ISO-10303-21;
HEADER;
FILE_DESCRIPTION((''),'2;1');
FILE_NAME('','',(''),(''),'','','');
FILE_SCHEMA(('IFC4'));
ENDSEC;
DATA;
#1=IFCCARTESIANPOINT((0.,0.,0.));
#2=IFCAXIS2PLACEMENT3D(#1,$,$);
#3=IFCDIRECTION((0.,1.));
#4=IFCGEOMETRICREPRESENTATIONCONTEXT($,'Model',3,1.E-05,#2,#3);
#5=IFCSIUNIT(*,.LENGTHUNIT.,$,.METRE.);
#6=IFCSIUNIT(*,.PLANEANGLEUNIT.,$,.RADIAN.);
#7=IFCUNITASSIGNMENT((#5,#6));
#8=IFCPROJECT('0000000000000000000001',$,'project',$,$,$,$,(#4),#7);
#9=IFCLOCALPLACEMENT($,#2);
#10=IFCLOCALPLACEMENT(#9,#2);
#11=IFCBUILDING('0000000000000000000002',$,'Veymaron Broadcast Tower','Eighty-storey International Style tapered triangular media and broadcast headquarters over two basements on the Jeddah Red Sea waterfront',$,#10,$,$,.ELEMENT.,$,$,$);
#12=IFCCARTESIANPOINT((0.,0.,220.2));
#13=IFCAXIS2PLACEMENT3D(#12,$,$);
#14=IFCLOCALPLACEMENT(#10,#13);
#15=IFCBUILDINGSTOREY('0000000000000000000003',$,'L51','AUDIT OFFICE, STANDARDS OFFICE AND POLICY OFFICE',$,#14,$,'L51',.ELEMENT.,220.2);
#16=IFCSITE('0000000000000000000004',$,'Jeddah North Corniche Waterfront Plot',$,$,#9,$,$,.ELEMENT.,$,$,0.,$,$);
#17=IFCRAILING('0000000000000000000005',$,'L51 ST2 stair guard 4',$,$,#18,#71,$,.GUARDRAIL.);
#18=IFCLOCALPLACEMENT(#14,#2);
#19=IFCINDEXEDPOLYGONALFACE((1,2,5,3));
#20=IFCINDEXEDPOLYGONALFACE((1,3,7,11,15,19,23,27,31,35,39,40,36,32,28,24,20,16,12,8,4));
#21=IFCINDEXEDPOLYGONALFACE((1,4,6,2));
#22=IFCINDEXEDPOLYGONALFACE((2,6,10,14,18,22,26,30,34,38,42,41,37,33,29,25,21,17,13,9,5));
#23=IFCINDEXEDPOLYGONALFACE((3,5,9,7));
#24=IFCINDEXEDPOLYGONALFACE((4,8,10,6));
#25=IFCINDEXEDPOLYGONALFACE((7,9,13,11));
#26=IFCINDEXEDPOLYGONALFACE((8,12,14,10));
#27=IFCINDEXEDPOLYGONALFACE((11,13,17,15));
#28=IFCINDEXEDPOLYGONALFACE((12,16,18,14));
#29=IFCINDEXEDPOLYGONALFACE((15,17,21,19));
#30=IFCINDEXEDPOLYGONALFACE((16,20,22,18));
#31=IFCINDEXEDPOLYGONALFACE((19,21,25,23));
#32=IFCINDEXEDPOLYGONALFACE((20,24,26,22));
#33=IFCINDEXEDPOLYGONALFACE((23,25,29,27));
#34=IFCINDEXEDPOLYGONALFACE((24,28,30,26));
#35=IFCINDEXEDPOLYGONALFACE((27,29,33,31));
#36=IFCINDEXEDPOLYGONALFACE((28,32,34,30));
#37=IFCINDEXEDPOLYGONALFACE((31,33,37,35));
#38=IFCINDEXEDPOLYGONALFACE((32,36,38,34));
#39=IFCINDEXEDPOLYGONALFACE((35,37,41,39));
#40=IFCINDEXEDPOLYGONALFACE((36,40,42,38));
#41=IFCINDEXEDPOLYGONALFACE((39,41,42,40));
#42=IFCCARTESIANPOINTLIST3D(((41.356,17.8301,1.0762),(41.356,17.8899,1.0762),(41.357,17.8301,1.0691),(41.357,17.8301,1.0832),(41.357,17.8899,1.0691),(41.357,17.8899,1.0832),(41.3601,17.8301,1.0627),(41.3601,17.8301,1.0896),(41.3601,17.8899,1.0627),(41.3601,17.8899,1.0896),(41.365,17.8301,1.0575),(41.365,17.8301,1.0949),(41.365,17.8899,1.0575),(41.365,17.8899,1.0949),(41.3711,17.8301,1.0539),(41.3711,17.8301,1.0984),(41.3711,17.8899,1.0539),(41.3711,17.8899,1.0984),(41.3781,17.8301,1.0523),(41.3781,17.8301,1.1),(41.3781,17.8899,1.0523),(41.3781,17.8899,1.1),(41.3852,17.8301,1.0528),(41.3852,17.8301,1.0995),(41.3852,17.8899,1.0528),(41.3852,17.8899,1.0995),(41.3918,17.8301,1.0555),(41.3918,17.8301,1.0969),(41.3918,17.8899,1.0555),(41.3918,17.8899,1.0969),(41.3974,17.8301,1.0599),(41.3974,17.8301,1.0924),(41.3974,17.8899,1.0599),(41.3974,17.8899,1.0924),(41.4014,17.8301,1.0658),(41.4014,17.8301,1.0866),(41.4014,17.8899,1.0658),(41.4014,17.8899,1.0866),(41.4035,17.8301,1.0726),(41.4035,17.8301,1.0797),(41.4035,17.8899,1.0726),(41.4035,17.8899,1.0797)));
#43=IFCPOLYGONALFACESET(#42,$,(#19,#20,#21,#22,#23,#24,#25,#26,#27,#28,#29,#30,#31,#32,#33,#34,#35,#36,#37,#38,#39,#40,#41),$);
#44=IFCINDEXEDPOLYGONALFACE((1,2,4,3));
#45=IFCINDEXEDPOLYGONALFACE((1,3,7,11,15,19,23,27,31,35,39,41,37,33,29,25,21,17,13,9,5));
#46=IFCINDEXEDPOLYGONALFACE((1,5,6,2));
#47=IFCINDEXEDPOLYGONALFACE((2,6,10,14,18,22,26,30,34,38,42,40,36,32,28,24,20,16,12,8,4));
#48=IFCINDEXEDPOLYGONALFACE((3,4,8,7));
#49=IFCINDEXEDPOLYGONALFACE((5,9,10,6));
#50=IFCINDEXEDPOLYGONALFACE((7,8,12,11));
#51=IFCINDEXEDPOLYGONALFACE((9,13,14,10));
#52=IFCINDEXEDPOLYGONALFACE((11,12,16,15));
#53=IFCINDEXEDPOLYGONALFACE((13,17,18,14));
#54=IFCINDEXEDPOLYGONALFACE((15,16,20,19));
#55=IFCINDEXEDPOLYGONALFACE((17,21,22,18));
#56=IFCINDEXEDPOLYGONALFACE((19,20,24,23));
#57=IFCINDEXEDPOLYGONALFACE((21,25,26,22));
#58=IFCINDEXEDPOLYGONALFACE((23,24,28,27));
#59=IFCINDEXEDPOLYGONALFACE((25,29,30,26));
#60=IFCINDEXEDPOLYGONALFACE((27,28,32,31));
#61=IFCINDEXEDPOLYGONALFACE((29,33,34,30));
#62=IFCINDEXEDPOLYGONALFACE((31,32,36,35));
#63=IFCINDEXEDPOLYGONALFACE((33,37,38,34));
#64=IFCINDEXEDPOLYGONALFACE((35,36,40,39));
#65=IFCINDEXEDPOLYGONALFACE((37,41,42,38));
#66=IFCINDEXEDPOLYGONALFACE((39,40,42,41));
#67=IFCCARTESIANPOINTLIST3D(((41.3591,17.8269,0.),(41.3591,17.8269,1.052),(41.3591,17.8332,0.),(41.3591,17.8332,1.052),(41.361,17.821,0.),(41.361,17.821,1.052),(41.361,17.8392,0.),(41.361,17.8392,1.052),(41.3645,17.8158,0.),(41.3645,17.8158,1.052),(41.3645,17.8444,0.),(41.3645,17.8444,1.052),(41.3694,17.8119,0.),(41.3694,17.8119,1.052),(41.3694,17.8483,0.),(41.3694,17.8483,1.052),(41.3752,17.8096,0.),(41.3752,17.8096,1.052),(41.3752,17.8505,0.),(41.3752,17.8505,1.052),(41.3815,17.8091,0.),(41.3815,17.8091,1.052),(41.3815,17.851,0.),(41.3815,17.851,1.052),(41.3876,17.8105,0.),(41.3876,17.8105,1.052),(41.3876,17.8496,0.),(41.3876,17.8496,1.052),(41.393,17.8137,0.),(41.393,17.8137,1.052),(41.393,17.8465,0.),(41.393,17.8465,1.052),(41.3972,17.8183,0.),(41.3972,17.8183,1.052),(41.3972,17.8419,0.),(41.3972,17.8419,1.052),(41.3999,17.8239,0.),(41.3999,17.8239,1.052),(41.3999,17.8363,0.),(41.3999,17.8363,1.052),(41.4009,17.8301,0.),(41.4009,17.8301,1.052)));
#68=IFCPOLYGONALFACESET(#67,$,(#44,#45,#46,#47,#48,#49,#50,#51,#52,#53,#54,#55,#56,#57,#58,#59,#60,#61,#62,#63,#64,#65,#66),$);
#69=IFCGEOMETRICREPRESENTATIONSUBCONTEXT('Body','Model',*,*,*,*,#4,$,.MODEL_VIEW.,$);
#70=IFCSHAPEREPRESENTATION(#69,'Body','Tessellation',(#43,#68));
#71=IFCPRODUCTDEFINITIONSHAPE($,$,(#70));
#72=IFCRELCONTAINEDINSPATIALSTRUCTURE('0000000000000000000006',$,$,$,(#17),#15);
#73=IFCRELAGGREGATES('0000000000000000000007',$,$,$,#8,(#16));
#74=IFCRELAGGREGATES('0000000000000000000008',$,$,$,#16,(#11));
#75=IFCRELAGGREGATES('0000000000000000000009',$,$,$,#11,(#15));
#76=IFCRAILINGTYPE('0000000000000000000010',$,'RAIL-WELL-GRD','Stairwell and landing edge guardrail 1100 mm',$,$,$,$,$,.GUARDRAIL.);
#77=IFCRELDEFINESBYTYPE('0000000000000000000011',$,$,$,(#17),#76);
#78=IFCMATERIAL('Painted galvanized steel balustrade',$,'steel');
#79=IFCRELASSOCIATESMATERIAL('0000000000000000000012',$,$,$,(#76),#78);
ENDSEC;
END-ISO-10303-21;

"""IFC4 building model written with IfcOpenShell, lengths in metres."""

from ifc_helpers import new_model, si_unit, direction, frame, origin, origin_2d, place, context, subcontext, project, spatial, circle, extrude, material, type_object, element, save


model = new_model("IFC4")

# Units and contexts
model_context = context("Model", 3, precision=1e-05, world=origin(), true_north=direction((0.0, 1.0)))
body_context = subcontext(model_context, "Body", "Model", "MODEL_VIEW")
ifc_project = project(units=[si_unit("LENGTHUNIT", "METRE"), si_unit("PLANEANGLEUNIT", "RADIAN")], contexts=[model_context])

# Site, building, storey
site_placement = place(None, origin())
site = spatial("IfcSite", under=ifc_project, at=site_placement, Name="Jeddah North Corniche Waterfront Plot", CompositionType="ELEMENT", RefElevation=0.0)
building_placement = place(site_placement, origin())
building = spatial("IfcBuilding", under=site, at=building_placement, Name="Veymaron Broadcast Tower", Description="Eighty-storey International Style tapered triangular media and broadcast headquarters over two basements on the Jeddah Red Sea waterfront", CompositionType="ELEMENT")
storey_placement = place(building_placement, frame((0.0, 0.0, 220.2)))
storey = spatial("IfcBuildingStorey", under=building, at=storey_placement, Name="L51", Description="AUDIT OFFICE, STANDARDS OFFICE AND POLICY OFFICE", LongName="L51", CompositionType="ELEMENT", Elevation=220.2)

# Railing
ifc_material_1 = material(Name="Painted galvanized steel balustrade", Category="steel")
railing_type_1 = type_object("IfcRailingType", Name="RAIL-WELL-GRD", Description="Stairwell and landing edge guardrail 1100 mm", PredefinedType="GUARDRAIL", material=ifc_material_1)
railing_1_placement = place(storey_placement, frame((41.3799, 17.8301, 0.0)))
element("IfcRailing", 1, at=railing_1_placement, inside=storey, type_object=railing_type_1, Name="L51 ST2 stair guard 4", PredefinedType="GUARDRAIL", context=body_context, shape_type="SweptSolid", body=[
    extrude(circle(Radius=0.0239, at=origin_2d()), frame((0.0, 0.0, 1.0762), z_axis=(0.0, 1.0, 0.0), x_axis=(-1.0, 0.0, 0.0)), (0.0, 0.0, 1.0), 0.0598),
    extrude(circle(Radius=0.021, at=origin_2d()), origin(), (0.0, 0.0, 1.0), 1.052),
])

save(model, "model.ifc")
